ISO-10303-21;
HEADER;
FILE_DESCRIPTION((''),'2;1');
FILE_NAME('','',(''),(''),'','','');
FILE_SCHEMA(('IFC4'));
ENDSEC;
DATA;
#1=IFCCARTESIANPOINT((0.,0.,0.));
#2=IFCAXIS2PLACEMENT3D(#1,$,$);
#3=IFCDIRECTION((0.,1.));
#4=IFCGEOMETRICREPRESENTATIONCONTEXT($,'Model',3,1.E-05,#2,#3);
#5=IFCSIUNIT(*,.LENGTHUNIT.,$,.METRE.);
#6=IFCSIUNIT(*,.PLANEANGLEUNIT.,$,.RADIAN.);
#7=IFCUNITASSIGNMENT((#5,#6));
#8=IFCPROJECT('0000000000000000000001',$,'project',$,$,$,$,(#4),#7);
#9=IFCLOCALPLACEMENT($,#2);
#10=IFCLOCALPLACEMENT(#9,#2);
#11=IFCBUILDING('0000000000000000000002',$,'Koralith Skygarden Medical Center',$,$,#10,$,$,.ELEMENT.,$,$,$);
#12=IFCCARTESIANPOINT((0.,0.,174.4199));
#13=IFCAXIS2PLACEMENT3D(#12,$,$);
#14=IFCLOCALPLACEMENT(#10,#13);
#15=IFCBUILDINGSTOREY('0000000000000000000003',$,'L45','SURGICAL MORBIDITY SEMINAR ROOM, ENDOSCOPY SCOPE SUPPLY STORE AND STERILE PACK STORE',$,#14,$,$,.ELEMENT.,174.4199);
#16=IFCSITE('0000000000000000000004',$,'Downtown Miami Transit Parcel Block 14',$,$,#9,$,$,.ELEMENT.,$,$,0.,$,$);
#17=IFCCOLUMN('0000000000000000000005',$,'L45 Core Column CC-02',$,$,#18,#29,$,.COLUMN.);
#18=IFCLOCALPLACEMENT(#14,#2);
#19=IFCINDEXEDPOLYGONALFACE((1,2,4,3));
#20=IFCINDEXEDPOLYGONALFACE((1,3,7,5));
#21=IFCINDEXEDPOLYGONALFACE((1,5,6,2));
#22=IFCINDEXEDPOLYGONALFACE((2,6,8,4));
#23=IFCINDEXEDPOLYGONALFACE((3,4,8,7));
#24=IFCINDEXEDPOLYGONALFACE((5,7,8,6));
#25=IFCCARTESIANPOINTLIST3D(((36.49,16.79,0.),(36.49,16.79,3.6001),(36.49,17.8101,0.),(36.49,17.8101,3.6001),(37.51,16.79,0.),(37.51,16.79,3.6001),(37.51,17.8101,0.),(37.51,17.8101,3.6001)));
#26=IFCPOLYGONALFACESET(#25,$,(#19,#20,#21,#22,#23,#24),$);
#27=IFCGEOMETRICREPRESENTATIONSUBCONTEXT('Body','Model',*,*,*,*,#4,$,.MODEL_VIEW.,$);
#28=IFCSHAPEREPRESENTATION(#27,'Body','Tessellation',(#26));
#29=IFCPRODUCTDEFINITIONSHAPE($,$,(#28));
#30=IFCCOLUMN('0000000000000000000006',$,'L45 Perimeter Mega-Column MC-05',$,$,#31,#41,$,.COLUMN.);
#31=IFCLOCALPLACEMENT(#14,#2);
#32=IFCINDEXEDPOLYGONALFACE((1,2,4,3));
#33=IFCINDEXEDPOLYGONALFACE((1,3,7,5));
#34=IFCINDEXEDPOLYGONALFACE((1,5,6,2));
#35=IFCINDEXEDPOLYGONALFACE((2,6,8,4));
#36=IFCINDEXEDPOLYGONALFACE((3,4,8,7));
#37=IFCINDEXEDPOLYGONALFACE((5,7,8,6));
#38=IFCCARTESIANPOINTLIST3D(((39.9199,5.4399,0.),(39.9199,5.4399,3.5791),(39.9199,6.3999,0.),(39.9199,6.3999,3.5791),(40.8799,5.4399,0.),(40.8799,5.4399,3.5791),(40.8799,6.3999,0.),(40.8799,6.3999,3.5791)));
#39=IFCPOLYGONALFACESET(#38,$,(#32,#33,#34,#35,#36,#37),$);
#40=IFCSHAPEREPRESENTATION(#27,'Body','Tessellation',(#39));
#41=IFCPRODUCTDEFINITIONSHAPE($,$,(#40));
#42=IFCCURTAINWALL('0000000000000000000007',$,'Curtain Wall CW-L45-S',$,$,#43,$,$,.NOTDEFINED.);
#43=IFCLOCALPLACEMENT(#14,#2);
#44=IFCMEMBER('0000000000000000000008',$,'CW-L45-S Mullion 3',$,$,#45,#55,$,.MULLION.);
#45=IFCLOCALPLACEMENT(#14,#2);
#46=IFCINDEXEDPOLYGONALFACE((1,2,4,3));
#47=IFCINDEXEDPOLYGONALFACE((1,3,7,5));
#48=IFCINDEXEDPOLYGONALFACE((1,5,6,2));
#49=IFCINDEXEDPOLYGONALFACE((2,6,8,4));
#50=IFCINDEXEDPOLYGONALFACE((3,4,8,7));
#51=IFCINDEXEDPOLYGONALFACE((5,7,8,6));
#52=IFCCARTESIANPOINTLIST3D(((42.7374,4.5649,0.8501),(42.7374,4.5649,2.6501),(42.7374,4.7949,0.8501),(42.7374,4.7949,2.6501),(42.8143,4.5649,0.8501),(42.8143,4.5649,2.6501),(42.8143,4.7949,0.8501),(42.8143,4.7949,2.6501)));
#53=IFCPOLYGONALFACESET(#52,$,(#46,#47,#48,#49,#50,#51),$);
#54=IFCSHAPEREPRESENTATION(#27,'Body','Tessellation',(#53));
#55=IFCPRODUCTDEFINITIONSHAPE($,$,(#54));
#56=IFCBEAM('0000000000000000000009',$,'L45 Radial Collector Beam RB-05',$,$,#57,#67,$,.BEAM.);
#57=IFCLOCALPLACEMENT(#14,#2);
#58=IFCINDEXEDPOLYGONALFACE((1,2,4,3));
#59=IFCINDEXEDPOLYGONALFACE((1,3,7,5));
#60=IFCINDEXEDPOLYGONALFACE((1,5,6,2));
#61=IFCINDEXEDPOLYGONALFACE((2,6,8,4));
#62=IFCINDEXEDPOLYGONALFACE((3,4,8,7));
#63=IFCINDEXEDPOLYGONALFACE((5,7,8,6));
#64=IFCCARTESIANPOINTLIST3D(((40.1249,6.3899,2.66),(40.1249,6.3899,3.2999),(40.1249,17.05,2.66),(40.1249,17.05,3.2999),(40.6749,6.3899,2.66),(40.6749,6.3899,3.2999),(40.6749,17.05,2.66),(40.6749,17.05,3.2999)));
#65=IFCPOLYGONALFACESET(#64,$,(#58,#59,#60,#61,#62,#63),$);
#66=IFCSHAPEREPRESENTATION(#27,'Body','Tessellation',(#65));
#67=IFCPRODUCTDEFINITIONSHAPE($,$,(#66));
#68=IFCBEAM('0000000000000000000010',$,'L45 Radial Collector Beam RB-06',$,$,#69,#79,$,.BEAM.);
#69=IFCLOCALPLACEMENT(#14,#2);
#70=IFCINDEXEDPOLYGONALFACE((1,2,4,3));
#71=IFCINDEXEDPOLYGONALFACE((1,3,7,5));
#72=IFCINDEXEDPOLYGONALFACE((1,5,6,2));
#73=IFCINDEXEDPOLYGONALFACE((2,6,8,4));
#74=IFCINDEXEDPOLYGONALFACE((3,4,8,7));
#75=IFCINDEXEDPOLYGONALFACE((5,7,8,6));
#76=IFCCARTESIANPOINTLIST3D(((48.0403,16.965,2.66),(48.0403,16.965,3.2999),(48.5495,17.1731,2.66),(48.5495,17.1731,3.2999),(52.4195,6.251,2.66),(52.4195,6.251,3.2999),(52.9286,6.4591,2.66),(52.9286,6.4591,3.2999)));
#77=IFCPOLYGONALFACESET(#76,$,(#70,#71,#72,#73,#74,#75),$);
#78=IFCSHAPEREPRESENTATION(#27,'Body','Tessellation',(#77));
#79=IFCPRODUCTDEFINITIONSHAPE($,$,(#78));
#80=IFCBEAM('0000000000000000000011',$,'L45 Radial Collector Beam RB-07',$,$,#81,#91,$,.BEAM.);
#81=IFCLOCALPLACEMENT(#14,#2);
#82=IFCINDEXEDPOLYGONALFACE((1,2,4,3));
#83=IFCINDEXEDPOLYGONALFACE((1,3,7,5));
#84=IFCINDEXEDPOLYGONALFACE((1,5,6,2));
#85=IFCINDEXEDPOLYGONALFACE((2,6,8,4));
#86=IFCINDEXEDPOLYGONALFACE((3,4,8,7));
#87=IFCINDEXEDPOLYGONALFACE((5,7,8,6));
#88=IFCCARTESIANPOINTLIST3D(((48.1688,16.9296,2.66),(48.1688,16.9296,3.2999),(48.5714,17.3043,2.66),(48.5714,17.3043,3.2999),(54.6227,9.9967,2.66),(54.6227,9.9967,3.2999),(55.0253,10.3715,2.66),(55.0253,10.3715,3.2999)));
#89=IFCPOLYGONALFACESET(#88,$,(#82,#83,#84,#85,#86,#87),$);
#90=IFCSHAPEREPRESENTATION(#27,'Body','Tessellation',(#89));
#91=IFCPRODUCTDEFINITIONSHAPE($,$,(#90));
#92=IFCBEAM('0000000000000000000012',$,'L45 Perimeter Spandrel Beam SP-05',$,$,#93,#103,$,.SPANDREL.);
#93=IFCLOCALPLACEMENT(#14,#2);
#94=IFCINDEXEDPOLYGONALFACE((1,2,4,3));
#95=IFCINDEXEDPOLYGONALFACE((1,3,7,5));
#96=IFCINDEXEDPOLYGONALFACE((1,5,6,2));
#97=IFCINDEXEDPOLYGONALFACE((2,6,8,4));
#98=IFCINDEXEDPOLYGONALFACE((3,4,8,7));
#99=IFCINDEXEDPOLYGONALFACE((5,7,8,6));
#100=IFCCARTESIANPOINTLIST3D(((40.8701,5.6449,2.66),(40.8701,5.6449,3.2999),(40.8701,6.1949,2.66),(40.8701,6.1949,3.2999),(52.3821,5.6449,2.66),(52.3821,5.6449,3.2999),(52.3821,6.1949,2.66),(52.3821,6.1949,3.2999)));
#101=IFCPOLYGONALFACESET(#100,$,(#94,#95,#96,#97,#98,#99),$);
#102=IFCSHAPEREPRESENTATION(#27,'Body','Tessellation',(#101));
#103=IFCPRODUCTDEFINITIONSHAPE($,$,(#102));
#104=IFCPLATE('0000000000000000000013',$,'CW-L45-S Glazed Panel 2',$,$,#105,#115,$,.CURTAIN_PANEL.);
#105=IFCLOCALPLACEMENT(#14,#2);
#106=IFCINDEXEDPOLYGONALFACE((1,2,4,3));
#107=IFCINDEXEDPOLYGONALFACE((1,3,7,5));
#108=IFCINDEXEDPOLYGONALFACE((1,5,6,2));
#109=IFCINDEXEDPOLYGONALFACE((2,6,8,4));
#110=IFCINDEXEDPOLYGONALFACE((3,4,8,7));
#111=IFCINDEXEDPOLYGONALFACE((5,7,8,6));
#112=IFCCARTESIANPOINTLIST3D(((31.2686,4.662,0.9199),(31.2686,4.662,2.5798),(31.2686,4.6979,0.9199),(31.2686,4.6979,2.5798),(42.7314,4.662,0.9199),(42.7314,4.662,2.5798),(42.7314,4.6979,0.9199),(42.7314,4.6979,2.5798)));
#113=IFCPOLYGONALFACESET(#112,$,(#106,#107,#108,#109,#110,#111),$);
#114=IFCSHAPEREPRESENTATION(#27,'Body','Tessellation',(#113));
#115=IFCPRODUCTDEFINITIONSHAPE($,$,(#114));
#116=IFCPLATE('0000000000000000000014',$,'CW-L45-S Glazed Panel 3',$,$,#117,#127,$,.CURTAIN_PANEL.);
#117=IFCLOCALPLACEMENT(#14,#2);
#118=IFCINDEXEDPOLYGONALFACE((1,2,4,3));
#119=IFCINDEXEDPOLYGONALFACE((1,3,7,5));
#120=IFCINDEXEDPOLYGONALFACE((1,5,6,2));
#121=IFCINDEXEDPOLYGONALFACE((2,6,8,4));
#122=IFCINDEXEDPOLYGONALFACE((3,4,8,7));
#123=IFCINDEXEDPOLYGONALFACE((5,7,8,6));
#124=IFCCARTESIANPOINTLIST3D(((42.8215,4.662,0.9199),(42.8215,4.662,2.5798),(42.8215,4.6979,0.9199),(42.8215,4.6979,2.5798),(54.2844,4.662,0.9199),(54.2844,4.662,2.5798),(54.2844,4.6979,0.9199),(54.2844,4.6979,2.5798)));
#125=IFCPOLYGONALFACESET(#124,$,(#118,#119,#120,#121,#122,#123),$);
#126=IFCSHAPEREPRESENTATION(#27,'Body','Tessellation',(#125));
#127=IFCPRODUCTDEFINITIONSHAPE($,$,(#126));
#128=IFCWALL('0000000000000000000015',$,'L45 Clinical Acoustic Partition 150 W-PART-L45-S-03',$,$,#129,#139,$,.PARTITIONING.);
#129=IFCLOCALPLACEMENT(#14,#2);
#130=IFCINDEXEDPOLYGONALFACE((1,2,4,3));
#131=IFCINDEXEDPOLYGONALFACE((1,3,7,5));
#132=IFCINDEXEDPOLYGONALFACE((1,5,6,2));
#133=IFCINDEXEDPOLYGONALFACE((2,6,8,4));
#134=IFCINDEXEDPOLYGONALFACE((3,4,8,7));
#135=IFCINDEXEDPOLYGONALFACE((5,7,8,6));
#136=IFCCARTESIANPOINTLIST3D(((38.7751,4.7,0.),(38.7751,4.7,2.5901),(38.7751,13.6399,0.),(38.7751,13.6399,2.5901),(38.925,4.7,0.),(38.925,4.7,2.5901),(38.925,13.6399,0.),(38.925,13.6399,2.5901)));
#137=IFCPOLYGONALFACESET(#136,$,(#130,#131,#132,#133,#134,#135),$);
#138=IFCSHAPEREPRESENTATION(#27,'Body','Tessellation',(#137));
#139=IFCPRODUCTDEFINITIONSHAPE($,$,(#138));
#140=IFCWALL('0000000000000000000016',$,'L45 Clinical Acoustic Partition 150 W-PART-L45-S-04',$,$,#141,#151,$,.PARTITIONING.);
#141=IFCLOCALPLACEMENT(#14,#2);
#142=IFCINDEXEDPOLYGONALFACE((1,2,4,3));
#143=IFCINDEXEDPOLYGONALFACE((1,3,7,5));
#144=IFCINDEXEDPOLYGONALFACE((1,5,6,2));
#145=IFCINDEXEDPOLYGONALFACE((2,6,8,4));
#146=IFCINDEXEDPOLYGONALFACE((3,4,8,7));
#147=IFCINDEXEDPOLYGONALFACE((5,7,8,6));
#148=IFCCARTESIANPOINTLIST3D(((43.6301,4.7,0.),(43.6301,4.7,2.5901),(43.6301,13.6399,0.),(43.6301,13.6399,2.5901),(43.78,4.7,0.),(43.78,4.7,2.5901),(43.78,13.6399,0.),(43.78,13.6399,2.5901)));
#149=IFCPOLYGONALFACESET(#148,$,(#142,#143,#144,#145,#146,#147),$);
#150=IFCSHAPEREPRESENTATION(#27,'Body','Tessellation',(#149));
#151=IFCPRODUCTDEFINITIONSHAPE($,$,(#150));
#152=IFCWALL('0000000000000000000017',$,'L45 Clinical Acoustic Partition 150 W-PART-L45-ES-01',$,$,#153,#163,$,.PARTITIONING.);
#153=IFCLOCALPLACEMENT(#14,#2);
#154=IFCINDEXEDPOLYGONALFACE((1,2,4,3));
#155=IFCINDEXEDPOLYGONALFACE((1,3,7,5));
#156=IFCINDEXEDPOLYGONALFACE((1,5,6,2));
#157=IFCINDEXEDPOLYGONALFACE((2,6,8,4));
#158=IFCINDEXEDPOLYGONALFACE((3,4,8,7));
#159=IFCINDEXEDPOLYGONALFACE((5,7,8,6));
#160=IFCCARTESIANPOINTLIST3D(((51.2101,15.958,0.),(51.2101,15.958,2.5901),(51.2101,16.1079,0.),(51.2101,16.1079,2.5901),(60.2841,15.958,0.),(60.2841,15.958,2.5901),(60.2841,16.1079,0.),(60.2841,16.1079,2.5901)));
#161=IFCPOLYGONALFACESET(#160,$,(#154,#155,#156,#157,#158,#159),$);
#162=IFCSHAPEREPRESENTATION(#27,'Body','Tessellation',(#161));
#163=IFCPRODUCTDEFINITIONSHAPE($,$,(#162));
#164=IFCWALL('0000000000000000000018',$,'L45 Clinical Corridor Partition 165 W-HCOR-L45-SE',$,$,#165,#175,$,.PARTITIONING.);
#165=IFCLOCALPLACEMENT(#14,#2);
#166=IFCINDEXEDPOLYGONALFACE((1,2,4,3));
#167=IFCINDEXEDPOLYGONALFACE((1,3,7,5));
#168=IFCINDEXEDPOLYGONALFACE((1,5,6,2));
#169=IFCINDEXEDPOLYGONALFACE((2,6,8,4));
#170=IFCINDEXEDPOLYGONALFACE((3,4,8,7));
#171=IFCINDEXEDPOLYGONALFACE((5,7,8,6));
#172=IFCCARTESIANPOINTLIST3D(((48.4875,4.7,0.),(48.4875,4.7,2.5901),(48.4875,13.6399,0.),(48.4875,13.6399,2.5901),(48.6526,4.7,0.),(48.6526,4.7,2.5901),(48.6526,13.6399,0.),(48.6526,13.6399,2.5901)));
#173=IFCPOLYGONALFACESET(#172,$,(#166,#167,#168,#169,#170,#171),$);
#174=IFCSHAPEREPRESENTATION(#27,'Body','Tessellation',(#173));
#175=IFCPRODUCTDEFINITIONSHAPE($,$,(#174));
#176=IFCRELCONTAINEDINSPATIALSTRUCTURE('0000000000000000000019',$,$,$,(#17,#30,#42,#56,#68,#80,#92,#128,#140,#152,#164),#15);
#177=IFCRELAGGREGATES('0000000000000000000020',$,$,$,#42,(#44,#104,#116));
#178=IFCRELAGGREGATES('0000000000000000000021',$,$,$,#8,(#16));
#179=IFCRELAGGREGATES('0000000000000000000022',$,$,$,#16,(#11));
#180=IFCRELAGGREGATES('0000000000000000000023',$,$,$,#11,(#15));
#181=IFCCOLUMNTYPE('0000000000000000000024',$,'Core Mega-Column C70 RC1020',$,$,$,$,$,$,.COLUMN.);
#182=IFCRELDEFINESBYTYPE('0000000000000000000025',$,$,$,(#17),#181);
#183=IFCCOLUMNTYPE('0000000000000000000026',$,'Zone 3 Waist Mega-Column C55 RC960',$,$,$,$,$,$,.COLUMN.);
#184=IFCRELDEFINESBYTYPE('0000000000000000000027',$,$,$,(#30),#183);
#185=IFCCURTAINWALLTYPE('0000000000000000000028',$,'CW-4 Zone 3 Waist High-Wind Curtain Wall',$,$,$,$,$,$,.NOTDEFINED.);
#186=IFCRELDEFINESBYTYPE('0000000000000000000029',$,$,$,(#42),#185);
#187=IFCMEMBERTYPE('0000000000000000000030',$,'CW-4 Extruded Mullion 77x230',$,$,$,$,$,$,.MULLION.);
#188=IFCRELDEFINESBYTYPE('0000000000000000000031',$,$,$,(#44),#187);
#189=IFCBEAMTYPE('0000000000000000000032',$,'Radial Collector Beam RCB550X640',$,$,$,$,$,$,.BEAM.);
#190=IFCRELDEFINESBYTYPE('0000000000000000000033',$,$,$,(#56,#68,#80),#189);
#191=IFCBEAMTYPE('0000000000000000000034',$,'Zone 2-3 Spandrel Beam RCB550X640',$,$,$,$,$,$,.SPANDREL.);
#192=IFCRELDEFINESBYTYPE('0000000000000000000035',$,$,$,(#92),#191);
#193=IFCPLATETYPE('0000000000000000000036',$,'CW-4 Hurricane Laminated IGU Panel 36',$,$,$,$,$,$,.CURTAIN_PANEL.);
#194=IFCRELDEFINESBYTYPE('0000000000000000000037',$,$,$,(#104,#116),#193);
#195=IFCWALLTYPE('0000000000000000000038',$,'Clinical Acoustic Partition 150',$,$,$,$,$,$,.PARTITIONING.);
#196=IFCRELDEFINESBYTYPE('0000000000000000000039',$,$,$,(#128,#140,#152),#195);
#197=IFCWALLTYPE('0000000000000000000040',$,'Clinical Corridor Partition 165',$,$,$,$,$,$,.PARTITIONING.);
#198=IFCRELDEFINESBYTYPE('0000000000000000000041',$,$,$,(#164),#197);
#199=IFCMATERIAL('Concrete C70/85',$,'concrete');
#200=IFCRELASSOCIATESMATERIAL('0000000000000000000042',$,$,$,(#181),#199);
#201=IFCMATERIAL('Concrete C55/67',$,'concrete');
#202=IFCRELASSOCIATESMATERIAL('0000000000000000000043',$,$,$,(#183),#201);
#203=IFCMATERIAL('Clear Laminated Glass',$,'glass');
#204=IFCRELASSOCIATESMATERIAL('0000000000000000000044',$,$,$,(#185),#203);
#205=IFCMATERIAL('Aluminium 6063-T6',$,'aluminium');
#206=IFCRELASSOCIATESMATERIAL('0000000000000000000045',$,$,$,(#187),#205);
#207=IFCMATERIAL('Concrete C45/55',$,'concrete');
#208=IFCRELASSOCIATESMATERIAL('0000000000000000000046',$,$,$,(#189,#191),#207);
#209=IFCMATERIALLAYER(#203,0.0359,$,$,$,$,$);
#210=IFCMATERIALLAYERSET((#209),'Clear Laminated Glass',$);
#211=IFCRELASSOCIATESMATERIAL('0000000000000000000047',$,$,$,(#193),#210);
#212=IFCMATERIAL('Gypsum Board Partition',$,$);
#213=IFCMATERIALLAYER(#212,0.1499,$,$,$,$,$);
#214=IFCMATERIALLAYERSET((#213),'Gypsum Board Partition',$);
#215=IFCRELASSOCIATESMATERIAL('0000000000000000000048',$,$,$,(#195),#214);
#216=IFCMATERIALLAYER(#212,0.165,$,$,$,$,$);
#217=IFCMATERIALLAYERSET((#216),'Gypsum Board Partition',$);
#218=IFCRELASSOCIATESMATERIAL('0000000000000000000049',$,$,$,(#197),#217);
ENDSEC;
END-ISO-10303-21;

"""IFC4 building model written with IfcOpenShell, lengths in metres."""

from ifc_helpers import new_model, si_unit, direction, frame, frame_2d, origin, origin_2d, place, context, subcontext, project, spatial, rectangle, extrude, material, layer, layer_set, material_profile, profile_set, type_object, element, aggregate, save


model = new_model("IFC4")

# Units and contexts
model_context = context("Model", 3, precision=1e-05, world=origin(), true_north=direction((0.0, 1.0)))
body_context = subcontext(model_context, "Body", "Model", "MODEL_VIEW")
ifc_project = project(units=[si_unit("LENGTHUNIT", "METRE"), si_unit("PLANEANGLEUNIT", "RADIAN")], contexts=[model_context])

# Site, building, storey
site_placement = place(None, origin())
site = spatial("IfcSite", under=ifc_project, at=site_placement, Name="Downtown Miami Transit Parcel Block 14", CompositionType="ELEMENT", RefElevation=0.0)
building_placement = place(site_placement, origin())
building = spatial("IfcBuilding", under=site, at=building_placement, Name="Koralith Skygarden Medical Center", CompositionType="ELEMENT")
storey_placement = place(building_placement, frame((0.0, 0.0, 174.4199)))
storey = spatial("IfcBuildingStorey", under=building, at=storey_placement, Name="L45", Description="SURGICAL MORBIDITY SEMINAR ROOM, ENDOSCOPY SCOPE SUPPLY STORE AND STERILE PACK STORE", CompositionType="ELEMENT", Elevation=174.4199)

# Columns
ifc_material_1 = material(Name="Concrete C70/85", Category="concrete")
ifc_material_profile_1 = material_profile(ifc_material_1, rectangle(XDim=1.02, YDim=1.02, at=origin_2d()), Name="RC1020X1020")
ifc_profile_set_1 = profile_set([ifc_material_profile_1], Name="Concrete C70/85")
column_type_1 = type_object("IfcColumnType", Name="Core Mega-Column C70 RC1020", PredefinedType="COLUMN", material=ifc_profile_set_1)
column_1_placement = place(storey_placement, frame((37.0, 17.3, 0.0), z_axis=(0.0, 0.0, 1.0), x_axis=(1.0, 0.0, 0.0)))
element("IfcColumn", 1, at=column_1_placement, inside=storey, type_object=column_type_1, Name="L45 Core Column CC-02", PredefinedType="COLUMN", context=body_context, shape_type="SweptSolid", body=[
    extrude(rectangle(XDim=1.02, YDim=1.02, at=origin_2d()), origin(), (0.0, 0.0, 1.0), 3.6001),
])
ifc_material_2 = material(Name="Concrete C55/67", Category="concrete")
ifc_material_profile_2 = material_profile(ifc_material_2, rectangle(XDim=0.96, YDim=0.96, at=origin_2d()), Name="RC960X960")
ifc_profile_set_2 = profile_set([ifc_material_profile_2], Name="Concrete C55/67")
column_type_2 = type_object("IfcColumnType", Name="Zone 3 Waist Mega-Column C55 RC960", PredefinedType="COLUMN", material=ifc_profile_set_2)
column_2_placement = place(storey_placement, frame((40.3999, 5.9199, 0.0), z_axis=(0.0, 0.0, 1.0), x_axis=(1.0, 0.0, 0.0)))
element("IfcColumn", 2, at=column_2_placement, inside=storey, type_object=column_type_2, Name="L45 Perimeter Mega-Column MC-05", PredefinedType="COLUMN", context=body_context, shape_type="SweptSolid", body=[
    extrude(rectangle(XDim=0.96, YDim=0.96, at=origin_2d()), origin(), (0.0, 0.0, 1.0), 3.5791),
])

# Curtain wall, member
ifc_material_3 = material(Name="Clear Laminated Glass", Category="glass")
curtain_wall_type = type_object("IfcCurtainWallType", Name="CW-4 Zone 3 Waist High-Wind Curtain Wall", PredefinedType="NOTDEFINED", material=ifc_material_3)
curtain_wall_placement = place(storey_placement, origin())
curtain_wall = element("IfcCurtainWall", 3, at=curtain_wall_placement, inside=storey, type_object=curtain_wall_type, Name="Curtain Wall CW-L45-S", PredefinedType="NOTDEFINED")
ifc_material_4 = material(Name="Aluminium 6063-T6", Category="aluminium")
ifc_material_profile_3 = material_profile(ifc_material_4, rectangle(XDim=0.0769, YDim=0.23, at=origin_2d()), Name="MUL77X230")
ifc_profile_set_3 = profile_set([ifc_material_profile_3], Name="Aluminium 6063-T6")
member_type = type_object("IfcMemberType", Name="CW-4 Extruded Mullion 77x230", PredefinedType="MULLION", material=ifc_profile_set_3)
member_placement = place(storey_placement, frame((42.7759, 4.6799, 0.8501), z_axis=(0.0, 0.0, 1.0), x_axis=(1.0, 0.0, 0.0)))
member = element("IfcMember", 4, at=member_placement, type_object=member_type, Name="CW-L45-S Mullion 3", PredefinedType="MULLION", context=body_context, shape_type="SweptSolid", body=[
    extrude(rectangle(XDim=0.0769, YDim=0.23, at=origin_2d()), origin(), (0.0, 0.0, 1.0), 1.8),
])

# Beams
ifc_material_5 = material(Name="Concrete C45/55", Category="concrete")
ifc_material_profile_4 = material_profile(ifc_material_5, rectangle(XDim=0.55, YDim=0.6399, at=origin_2d()), Name="RCB550X640")
ifc_profile_set_4 = profile_set([ifc_material_profile_4], Name="Concrete C45/55")
beam_type_1 = type_object("IfcBeamType", Name="Radial Collector Beam RCB550X640", PredefinedType="BEAM", material=ifc_profile_set_4)
beam_1_placement = place(storey_placement, frame((40.3999, 17.05, 2.98), z_axis=(0.0, -1.0, 0.0), x_axis=(1.0, 0.0, 0.0)))
element("IfcBeam", 5, at=beam_1_placement, inside=storey, type_object=beam_type_1, Name="L45 Radial Collector Beam RB-05", PredefinedType="BEAM", context=body_context, shape_type="SweptSolid", body=[
    extrude(rectangle(XDim=0.55, YDim=0.6399, at=origin_2d()), origin(), (0.0, 0.0, 1.0), 10.6602),
])
beam_2_placement = place(storey_placement, frame((48.2949, 17.0691, 2.98), z_axis=(0.378345, -0.925665, 0.0), x_axis=(0.925665, 0.378345, 0.0)))
element("IfcBeam", 6, at=beam_2_placement, inside=storey, type_object=beam_type_1, Name="L45 Radial Collector Beam RB-06", PredefinedType="BEAM", context=body_context, shape_type="SweptSolid", body=[
    extrude(rectangle(XDim=0.55, YDim=0.6399, at=origin_2d()), origin(), (0.0, 0.0, 1.0), 11.5745),
])
beam_3_placement = place(storey_placement, frame((48.3701, 17.1169, 2.98), z_axis=(0.681369, -0.73194, 0.0), x_axis=(0.73194, 0.681369, 0.0)))
element("IfcBeam", 7, at=beam_3_placement, inside=storey, type_object=beam_type_1, Name="L45 Radial Collector Beam RB-07", PredefinedType="BEAM", context=body_context, shape_type="SweptSolid", body=[
    extrude(rectangle(XDim=0.55, YDim=0.6399, at=origin_2d()), origin(), (0.0, 0.0, 1.0), 9.4719),
])
ifc_material_profile_5 = material_profile(ifc_material_5, rectangle(XDim=0.55, YDim=0.6399, at=origin_2d()), Name="RCB550X640")
ifc_profile_set_5 = profile_set([ifc_material_profile_5], Name="Concrete C45/55")
beam_type_2 = type_object("IfcBeamType", Name="Zone 2-3 Spandrel Beam RCB550X640", PredefinedType="SPANDREL", material=ifc_profile_set_5)
beam_4_placement = place(storey_placement, frame((40.8701, 5.9199, 2.98), z_axis=(1.0, 0.0, 0.0), x_axis=(0.0, 1.0, 0.0)))
element("IfcBeam", 8, at=beam_4_placement, inside=storey, type_object=beam_type_2, Name="L45 Perimeter Spandrel Beam SP-05", PredefinedType="SPANDREL", context=body_context, shape_type="SweptSolid", body=[
    extrude(rectangle(XDim=0.55, YDim=0.6399, at=origin_2d()), origin(), (0.0, 0.0, 1.0), 11.512),
])

# Plates
ifc_layer_1 = layer(ifc_material_3, 0.0359)
ifc_layer_set_1 = layer_set([ifc_layer_1], Name="Clear Laminated Glass")
plate_type = type_object("IfcPlateType", Name="CW-4 Hurricane Laminated IGU Panel 36", PredefinedType="CURTAIN_PANEL", material=ifc_layer_set_1)
plate_1_placement = place(storey_placement, frame((37.0, 4.6799, 0.9199), z_axis=(0.0, 0.0, 1.0), x_axis=(1.0, 0.0, 0.0)))
plate_1 = element("IfcPlate", 9, at=plate_1_placement, type_object=plate_type, Name="CW-L45-S Glazed Panel 2", PredefinedType="CURTAIN_PANEL", context=body_context, shape_type="SweptSolid", body=[
    extrude(rectangle(XDim=11.4629, YDim=0.0359, at=origin_2d()), origin(), (0.0, 0.0, 1.0), 1.6599),
])
plate_2_placement = place(storey_placement, frame((48.553, 4.6799, 0.9199), z_axis=(0.0, 0.0, 1.0), x_axis=(1.0, 0.0, 0.0)))
plate_2 = element("IfcPlate", 10, at=plate_2_placement, type_object=plate_type, Name="CW-L45-S Glazed Panel 3", PredefinedType="CURTAIN_PANEL", context=body_context, shape_type="SweptSolid", body=[
    extrude(rectangle(XDim=11.4629, YDim=0.0359, at=origin_2d()), origin(), (0.0, 0.0, 1.0), 1.6599),
])
aggregate(curtain_wall, [member, plate_1, plate_2])

# Walls
ifc_material_6 = material(Name="Gypsum Board Partition")
ifc_layer_2 = layer(ifc_material_6, 0.1499)
ifc_layer_set_2 = layer_set([ifc_layer_2], Name="Gypsum Board Partition")
wall_type_1 = type_object("IfcWallType", Name="Clinical Acoustic Partition 150", PredefinedType="PARTITIONING", material=ifc_layer_set_2)
for number, where, z_axis, x_axis, name in (
    (11, (38.8501, 13.6399, 0.0), (0.0, 0.0, 1.0), (0.0, -1.0, 0.0), "L45 Clinical Acoustic Partition 150 W-PART-L45-S-03"),
    (12, (43.7051, 13.6399, 0.0), (0.0, 0.0, 1.0), (0.0, -1.0, 0.0), "L45 Clinical Acoustic Partition 150 W-PART-L45-S-04"),
):
    element("IfcWall", number, at=place(storey_placement, frame(where, z_axis=z_axis, x_axis=x_axis)), inside=storey, type_object=wall_type_1, Name=name, PredefinedType="PARTITIONING", context=body_context, shape_type="SweptSolid", body=[
        extrude(rectangle(XDim=8.9399, YDim=0.1499, at=frame_2d((4.47, 0.0))), origin(), (0.0, 0.0, 1.0), 2.5901),
    ])
wall_1_placement = place(storey_placement, frame((51.21, 16.033, 0.0), z_axis=(0.0, 0.0, 1.0), x_axis=(1.0, 0.0, 0.0)))
element("IfcWall", 13, at=wall_1_placement, inside=storey, type_object=wall_type_1, Name="L45 Clinical Acoustic Partition 150 W-PART-L45-ES-01", PredefinedType="PARTITIONING", context=body_context, shape_type="SweptSolid", body=[
    extrude(rectangle(XDim=9.074, YDim=0.1499, at=frame_2d((4.5371, 0.0))), origin(), (0.0, 0.0, 1.0), 2.5901),
])
ifc_layer_3 = layer(ifc_material_6, 0.165)
ifc_layer_set_3 = layer_set([ifc_layer_3], Name="Gypsum Board Partition")
wall_type_2 = type_object("IfcWallType", Name="Clinical Corridor Partition 165", PredefinedType="PARTITIONING", material=ifc_layer_set_3)
wall_2_placement = place(storey_placement, frame((48.5701, 4.7, 0.0), z_axis=(0.0, 0.0, 1.0), x_axis=(0.0, 1.0, 0.0)))
element("IfcWall", 14, at=wall_2_placement, inside=storey, type_object=wall_type_2, Name="L45 Clinical Corridor Partition 165 W-HCOR-L45-SE", PredefinedType="PARTITIONING", context=body_context, shape_type="SweptSolid", body=[
    extrude(rectangle(XDim=8.9399, YDim=0.165, at=frame_2d((4.47, 0.0))), origin(), (0.0, 0.0, 1.0), 2.5901),
])

save(model, "model.ifc")
